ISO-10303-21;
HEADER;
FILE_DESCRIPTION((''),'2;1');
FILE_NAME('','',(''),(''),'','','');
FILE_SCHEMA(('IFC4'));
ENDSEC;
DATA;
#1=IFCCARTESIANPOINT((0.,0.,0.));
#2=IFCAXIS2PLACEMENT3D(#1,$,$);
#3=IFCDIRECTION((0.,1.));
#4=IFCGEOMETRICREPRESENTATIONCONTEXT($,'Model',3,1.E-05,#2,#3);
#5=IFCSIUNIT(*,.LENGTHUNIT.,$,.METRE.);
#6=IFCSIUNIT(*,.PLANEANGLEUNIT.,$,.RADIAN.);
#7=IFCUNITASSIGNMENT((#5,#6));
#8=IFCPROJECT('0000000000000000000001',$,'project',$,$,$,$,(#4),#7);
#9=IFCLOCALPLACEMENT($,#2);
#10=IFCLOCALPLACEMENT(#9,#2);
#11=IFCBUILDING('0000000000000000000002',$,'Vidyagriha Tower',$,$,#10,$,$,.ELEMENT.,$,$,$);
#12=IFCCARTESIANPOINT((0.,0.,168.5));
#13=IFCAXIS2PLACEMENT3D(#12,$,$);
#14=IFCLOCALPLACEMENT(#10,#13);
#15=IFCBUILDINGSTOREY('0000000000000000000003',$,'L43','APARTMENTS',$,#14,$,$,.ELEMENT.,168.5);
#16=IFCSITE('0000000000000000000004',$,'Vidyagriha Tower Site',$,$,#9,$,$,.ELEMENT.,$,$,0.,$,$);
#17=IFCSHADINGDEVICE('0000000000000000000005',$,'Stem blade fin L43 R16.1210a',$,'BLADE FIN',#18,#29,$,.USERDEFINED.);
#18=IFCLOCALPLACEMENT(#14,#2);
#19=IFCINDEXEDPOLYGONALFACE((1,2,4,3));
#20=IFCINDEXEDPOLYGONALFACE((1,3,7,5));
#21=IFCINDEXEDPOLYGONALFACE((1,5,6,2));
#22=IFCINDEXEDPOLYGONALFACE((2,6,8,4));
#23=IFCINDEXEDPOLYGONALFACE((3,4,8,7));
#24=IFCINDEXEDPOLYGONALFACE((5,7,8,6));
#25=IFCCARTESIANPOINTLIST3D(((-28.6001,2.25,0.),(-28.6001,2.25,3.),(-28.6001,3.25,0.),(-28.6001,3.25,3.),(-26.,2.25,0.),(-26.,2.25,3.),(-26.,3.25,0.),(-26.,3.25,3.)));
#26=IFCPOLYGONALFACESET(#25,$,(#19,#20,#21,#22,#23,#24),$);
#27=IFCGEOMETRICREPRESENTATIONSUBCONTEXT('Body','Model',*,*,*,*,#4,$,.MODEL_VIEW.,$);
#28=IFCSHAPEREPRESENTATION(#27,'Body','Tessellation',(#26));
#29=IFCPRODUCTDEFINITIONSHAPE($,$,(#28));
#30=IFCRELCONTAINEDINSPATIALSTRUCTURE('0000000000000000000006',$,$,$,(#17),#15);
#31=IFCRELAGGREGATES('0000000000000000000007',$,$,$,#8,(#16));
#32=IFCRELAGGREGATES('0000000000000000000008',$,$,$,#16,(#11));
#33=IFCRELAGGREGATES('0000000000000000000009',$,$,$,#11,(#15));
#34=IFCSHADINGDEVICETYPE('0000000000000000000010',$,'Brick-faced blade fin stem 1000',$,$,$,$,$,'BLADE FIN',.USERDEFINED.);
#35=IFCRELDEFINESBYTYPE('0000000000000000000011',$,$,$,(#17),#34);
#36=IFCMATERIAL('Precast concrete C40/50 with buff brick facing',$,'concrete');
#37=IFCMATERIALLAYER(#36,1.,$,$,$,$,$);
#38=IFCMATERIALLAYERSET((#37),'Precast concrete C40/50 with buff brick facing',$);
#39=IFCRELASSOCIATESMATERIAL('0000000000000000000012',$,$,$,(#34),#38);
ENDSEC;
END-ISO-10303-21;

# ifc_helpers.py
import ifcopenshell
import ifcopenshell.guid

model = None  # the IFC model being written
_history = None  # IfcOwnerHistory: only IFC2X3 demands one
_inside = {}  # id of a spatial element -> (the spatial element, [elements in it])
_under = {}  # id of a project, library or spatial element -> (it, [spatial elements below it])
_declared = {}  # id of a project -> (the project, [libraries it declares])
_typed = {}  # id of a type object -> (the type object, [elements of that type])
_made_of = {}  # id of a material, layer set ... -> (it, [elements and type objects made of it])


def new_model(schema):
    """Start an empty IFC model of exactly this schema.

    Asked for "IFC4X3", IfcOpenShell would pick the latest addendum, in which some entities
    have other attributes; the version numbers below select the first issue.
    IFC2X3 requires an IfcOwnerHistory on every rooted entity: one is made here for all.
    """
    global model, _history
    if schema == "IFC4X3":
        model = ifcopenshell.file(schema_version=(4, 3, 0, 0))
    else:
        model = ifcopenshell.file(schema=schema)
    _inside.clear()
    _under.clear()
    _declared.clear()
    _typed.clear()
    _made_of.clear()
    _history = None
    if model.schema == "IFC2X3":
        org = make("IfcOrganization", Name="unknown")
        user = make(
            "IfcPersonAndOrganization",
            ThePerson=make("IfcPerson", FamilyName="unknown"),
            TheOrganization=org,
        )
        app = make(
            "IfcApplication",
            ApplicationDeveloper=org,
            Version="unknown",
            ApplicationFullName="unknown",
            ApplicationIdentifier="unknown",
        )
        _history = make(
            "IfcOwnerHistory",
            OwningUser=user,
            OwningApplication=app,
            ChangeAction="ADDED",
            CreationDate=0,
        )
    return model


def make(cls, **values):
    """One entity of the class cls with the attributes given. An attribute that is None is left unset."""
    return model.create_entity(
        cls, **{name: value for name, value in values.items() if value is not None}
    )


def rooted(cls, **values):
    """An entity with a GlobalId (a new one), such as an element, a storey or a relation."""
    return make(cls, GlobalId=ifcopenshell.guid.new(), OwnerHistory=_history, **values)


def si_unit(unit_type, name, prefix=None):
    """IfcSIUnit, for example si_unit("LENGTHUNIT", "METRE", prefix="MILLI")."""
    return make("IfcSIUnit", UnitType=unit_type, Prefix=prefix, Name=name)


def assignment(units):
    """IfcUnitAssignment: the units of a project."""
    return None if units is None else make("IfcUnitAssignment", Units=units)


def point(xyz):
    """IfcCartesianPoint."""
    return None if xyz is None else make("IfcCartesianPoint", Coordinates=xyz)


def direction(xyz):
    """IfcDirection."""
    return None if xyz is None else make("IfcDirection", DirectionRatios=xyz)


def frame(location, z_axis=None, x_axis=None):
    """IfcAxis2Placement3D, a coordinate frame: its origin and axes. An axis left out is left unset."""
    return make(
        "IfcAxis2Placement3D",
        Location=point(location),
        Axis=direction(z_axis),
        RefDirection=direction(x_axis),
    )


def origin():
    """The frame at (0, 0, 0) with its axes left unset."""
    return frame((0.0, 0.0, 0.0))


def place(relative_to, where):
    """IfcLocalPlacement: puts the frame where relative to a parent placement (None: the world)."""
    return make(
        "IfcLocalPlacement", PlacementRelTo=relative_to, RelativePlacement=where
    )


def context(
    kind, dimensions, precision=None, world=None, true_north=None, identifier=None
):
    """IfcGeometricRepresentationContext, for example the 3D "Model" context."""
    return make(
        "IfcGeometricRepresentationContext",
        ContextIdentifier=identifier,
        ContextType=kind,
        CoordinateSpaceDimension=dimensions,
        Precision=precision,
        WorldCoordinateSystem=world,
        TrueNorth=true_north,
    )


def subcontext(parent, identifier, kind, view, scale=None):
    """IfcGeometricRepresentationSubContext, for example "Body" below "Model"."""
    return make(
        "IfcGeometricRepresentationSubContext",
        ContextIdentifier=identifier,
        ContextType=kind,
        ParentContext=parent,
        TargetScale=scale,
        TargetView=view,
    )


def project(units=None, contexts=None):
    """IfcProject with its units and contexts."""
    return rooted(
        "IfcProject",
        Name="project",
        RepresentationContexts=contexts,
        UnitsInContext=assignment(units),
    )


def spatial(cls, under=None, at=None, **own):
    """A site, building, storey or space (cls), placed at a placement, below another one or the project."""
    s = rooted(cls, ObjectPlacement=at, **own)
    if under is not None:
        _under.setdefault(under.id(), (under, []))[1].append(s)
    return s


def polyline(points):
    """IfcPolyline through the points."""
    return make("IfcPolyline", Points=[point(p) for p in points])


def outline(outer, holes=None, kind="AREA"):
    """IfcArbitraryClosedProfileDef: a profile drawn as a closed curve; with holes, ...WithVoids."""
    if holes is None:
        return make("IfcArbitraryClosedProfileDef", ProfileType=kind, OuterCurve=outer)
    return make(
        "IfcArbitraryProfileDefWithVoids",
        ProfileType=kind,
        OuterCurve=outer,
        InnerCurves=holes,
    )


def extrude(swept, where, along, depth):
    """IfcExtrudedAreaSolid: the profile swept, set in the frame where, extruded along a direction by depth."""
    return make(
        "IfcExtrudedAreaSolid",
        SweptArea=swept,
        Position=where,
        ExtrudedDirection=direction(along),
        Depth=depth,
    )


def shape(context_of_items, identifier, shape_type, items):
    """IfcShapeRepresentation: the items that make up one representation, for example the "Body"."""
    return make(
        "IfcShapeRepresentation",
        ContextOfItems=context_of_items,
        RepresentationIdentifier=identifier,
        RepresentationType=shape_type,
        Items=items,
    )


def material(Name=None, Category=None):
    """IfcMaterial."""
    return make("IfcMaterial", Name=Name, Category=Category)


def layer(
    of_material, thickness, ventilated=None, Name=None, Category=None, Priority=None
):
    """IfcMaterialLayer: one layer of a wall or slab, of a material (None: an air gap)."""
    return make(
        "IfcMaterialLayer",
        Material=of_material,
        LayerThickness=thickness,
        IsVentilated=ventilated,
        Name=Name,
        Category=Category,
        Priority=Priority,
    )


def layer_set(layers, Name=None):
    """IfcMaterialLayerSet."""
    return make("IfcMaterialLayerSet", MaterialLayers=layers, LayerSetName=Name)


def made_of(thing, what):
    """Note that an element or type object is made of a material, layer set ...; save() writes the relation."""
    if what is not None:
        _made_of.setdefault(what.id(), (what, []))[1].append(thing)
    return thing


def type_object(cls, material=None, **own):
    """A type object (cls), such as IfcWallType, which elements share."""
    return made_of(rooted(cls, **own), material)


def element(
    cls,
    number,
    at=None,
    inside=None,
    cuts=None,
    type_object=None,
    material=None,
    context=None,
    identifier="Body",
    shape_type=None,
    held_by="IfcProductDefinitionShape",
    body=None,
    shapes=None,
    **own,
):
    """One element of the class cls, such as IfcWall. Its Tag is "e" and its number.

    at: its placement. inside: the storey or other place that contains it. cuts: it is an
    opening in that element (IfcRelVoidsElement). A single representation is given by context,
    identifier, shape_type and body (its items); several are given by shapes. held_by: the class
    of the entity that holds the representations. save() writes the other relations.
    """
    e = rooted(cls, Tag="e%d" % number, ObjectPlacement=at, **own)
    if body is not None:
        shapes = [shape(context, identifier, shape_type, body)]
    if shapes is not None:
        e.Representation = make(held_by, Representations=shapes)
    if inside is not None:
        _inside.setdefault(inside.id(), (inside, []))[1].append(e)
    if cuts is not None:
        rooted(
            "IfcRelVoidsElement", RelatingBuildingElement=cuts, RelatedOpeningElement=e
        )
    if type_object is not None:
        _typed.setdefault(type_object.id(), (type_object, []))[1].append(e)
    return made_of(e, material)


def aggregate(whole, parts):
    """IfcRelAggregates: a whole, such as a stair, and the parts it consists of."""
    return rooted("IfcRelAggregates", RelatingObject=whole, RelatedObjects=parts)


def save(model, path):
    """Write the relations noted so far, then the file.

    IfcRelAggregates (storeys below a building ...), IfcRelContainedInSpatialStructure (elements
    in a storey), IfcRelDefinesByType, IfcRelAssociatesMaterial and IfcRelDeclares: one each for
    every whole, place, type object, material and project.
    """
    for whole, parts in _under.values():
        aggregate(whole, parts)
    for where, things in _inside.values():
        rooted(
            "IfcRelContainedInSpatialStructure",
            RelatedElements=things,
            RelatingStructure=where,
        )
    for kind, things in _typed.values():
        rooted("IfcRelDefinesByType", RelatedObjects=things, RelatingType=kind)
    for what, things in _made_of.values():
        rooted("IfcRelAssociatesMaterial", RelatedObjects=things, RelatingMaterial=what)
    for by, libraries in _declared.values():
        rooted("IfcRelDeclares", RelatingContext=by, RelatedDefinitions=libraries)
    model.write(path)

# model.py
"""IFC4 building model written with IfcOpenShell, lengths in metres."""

from ifc_helpers import new_model, si_unit, direction, frame, origin, place, context, subcontext, project, spatial, polyline, outline, extrude, material, layer, layer_set, type_object, element, save


model = new_model("IFC4")

# Units and contexts
model_context = context("Model", 3, precision=1e-05, world=origin(), true_north=direction((0.0, 1.0)))
body_context = subcontext(model_context, "Body", "Model", "MODEL_VIEW")
ifc_project = project(units=[si_unit("LENGTHUNIT", "METRE"), si_unit("PLANEANGLEUNIT", "RADIAN")], contexts=[model_context])

# Site, building, storey
site_placement = place(None, origin())
site = spatial("IfcSite", under=ifc_project, at=site_placement, Name="Vidyagriha Tower Site", CompositionType="ELEMENT", RefElevation=0.0)
building_placement = place(site_placement, origin())
building = spatial("IfcBuilding", under=site, at=building_placement, Name="Vidyagriha Tower", CompositionType="ELEMENT")
storey_placement = place(building_placement, frame((0.0, 0.0, 168.5)))
storey = spatial("IfcBuildingStorey", under=building, at=storey_placement, Name="L43", Description="APARTMENTS", CompositionType="ELEMENT", Elevation=168.5)

# Shading device
ifc_material_1 = material(Name="Precast concrete C40/50 with buff brick facing", Category="concrete")
ifc_layer_1 = layer(ifc_material_1, 1.0)
ifc_layer_set_1 = layer_set([ifc_layer_1], Name="Precast concrete C40/50 with buff brick facing")
shading_device_type_1 = type_object("IfcShadingDeviceType", Name="Brick-faced blade fin stem 1000", ElementType="BLADE FIN", PredefinedType="USERDEFINED", material=ifc_layer_set_1)
shading_device_1_placement = place(storey_placement, frame((-27.3, 3.25, 0.0), z_axis=(0.0, 0.0, 1.0), x_axis=(0.0, -1.0, 0.0)))
element("IfcShadingDevice", 1, at=shading_device_1_placement, inside=storey, type_object=shading_device_type_1, Name="Stem blade fin L43 R16.1210a", ObjectType="BLADE FIN", PredefinedType="USERDEFINED", context=body_context, shape_type="SweptSolid", body=[
    extrude(outline(polyline([(0.0, 0.0), (1.0, 0.0), (1.0, 3.0), (0.0, 3.0), (0.0, 0.0)])), frame((0.0, 1.3, 0.0), z_axis=(0.0, -1.0, 0.0), x_axis=(1.0, 0.0, 0.0)), (0.0, 0.0, 1.0), 2.6001),
])

save(model, "model.ifc")
